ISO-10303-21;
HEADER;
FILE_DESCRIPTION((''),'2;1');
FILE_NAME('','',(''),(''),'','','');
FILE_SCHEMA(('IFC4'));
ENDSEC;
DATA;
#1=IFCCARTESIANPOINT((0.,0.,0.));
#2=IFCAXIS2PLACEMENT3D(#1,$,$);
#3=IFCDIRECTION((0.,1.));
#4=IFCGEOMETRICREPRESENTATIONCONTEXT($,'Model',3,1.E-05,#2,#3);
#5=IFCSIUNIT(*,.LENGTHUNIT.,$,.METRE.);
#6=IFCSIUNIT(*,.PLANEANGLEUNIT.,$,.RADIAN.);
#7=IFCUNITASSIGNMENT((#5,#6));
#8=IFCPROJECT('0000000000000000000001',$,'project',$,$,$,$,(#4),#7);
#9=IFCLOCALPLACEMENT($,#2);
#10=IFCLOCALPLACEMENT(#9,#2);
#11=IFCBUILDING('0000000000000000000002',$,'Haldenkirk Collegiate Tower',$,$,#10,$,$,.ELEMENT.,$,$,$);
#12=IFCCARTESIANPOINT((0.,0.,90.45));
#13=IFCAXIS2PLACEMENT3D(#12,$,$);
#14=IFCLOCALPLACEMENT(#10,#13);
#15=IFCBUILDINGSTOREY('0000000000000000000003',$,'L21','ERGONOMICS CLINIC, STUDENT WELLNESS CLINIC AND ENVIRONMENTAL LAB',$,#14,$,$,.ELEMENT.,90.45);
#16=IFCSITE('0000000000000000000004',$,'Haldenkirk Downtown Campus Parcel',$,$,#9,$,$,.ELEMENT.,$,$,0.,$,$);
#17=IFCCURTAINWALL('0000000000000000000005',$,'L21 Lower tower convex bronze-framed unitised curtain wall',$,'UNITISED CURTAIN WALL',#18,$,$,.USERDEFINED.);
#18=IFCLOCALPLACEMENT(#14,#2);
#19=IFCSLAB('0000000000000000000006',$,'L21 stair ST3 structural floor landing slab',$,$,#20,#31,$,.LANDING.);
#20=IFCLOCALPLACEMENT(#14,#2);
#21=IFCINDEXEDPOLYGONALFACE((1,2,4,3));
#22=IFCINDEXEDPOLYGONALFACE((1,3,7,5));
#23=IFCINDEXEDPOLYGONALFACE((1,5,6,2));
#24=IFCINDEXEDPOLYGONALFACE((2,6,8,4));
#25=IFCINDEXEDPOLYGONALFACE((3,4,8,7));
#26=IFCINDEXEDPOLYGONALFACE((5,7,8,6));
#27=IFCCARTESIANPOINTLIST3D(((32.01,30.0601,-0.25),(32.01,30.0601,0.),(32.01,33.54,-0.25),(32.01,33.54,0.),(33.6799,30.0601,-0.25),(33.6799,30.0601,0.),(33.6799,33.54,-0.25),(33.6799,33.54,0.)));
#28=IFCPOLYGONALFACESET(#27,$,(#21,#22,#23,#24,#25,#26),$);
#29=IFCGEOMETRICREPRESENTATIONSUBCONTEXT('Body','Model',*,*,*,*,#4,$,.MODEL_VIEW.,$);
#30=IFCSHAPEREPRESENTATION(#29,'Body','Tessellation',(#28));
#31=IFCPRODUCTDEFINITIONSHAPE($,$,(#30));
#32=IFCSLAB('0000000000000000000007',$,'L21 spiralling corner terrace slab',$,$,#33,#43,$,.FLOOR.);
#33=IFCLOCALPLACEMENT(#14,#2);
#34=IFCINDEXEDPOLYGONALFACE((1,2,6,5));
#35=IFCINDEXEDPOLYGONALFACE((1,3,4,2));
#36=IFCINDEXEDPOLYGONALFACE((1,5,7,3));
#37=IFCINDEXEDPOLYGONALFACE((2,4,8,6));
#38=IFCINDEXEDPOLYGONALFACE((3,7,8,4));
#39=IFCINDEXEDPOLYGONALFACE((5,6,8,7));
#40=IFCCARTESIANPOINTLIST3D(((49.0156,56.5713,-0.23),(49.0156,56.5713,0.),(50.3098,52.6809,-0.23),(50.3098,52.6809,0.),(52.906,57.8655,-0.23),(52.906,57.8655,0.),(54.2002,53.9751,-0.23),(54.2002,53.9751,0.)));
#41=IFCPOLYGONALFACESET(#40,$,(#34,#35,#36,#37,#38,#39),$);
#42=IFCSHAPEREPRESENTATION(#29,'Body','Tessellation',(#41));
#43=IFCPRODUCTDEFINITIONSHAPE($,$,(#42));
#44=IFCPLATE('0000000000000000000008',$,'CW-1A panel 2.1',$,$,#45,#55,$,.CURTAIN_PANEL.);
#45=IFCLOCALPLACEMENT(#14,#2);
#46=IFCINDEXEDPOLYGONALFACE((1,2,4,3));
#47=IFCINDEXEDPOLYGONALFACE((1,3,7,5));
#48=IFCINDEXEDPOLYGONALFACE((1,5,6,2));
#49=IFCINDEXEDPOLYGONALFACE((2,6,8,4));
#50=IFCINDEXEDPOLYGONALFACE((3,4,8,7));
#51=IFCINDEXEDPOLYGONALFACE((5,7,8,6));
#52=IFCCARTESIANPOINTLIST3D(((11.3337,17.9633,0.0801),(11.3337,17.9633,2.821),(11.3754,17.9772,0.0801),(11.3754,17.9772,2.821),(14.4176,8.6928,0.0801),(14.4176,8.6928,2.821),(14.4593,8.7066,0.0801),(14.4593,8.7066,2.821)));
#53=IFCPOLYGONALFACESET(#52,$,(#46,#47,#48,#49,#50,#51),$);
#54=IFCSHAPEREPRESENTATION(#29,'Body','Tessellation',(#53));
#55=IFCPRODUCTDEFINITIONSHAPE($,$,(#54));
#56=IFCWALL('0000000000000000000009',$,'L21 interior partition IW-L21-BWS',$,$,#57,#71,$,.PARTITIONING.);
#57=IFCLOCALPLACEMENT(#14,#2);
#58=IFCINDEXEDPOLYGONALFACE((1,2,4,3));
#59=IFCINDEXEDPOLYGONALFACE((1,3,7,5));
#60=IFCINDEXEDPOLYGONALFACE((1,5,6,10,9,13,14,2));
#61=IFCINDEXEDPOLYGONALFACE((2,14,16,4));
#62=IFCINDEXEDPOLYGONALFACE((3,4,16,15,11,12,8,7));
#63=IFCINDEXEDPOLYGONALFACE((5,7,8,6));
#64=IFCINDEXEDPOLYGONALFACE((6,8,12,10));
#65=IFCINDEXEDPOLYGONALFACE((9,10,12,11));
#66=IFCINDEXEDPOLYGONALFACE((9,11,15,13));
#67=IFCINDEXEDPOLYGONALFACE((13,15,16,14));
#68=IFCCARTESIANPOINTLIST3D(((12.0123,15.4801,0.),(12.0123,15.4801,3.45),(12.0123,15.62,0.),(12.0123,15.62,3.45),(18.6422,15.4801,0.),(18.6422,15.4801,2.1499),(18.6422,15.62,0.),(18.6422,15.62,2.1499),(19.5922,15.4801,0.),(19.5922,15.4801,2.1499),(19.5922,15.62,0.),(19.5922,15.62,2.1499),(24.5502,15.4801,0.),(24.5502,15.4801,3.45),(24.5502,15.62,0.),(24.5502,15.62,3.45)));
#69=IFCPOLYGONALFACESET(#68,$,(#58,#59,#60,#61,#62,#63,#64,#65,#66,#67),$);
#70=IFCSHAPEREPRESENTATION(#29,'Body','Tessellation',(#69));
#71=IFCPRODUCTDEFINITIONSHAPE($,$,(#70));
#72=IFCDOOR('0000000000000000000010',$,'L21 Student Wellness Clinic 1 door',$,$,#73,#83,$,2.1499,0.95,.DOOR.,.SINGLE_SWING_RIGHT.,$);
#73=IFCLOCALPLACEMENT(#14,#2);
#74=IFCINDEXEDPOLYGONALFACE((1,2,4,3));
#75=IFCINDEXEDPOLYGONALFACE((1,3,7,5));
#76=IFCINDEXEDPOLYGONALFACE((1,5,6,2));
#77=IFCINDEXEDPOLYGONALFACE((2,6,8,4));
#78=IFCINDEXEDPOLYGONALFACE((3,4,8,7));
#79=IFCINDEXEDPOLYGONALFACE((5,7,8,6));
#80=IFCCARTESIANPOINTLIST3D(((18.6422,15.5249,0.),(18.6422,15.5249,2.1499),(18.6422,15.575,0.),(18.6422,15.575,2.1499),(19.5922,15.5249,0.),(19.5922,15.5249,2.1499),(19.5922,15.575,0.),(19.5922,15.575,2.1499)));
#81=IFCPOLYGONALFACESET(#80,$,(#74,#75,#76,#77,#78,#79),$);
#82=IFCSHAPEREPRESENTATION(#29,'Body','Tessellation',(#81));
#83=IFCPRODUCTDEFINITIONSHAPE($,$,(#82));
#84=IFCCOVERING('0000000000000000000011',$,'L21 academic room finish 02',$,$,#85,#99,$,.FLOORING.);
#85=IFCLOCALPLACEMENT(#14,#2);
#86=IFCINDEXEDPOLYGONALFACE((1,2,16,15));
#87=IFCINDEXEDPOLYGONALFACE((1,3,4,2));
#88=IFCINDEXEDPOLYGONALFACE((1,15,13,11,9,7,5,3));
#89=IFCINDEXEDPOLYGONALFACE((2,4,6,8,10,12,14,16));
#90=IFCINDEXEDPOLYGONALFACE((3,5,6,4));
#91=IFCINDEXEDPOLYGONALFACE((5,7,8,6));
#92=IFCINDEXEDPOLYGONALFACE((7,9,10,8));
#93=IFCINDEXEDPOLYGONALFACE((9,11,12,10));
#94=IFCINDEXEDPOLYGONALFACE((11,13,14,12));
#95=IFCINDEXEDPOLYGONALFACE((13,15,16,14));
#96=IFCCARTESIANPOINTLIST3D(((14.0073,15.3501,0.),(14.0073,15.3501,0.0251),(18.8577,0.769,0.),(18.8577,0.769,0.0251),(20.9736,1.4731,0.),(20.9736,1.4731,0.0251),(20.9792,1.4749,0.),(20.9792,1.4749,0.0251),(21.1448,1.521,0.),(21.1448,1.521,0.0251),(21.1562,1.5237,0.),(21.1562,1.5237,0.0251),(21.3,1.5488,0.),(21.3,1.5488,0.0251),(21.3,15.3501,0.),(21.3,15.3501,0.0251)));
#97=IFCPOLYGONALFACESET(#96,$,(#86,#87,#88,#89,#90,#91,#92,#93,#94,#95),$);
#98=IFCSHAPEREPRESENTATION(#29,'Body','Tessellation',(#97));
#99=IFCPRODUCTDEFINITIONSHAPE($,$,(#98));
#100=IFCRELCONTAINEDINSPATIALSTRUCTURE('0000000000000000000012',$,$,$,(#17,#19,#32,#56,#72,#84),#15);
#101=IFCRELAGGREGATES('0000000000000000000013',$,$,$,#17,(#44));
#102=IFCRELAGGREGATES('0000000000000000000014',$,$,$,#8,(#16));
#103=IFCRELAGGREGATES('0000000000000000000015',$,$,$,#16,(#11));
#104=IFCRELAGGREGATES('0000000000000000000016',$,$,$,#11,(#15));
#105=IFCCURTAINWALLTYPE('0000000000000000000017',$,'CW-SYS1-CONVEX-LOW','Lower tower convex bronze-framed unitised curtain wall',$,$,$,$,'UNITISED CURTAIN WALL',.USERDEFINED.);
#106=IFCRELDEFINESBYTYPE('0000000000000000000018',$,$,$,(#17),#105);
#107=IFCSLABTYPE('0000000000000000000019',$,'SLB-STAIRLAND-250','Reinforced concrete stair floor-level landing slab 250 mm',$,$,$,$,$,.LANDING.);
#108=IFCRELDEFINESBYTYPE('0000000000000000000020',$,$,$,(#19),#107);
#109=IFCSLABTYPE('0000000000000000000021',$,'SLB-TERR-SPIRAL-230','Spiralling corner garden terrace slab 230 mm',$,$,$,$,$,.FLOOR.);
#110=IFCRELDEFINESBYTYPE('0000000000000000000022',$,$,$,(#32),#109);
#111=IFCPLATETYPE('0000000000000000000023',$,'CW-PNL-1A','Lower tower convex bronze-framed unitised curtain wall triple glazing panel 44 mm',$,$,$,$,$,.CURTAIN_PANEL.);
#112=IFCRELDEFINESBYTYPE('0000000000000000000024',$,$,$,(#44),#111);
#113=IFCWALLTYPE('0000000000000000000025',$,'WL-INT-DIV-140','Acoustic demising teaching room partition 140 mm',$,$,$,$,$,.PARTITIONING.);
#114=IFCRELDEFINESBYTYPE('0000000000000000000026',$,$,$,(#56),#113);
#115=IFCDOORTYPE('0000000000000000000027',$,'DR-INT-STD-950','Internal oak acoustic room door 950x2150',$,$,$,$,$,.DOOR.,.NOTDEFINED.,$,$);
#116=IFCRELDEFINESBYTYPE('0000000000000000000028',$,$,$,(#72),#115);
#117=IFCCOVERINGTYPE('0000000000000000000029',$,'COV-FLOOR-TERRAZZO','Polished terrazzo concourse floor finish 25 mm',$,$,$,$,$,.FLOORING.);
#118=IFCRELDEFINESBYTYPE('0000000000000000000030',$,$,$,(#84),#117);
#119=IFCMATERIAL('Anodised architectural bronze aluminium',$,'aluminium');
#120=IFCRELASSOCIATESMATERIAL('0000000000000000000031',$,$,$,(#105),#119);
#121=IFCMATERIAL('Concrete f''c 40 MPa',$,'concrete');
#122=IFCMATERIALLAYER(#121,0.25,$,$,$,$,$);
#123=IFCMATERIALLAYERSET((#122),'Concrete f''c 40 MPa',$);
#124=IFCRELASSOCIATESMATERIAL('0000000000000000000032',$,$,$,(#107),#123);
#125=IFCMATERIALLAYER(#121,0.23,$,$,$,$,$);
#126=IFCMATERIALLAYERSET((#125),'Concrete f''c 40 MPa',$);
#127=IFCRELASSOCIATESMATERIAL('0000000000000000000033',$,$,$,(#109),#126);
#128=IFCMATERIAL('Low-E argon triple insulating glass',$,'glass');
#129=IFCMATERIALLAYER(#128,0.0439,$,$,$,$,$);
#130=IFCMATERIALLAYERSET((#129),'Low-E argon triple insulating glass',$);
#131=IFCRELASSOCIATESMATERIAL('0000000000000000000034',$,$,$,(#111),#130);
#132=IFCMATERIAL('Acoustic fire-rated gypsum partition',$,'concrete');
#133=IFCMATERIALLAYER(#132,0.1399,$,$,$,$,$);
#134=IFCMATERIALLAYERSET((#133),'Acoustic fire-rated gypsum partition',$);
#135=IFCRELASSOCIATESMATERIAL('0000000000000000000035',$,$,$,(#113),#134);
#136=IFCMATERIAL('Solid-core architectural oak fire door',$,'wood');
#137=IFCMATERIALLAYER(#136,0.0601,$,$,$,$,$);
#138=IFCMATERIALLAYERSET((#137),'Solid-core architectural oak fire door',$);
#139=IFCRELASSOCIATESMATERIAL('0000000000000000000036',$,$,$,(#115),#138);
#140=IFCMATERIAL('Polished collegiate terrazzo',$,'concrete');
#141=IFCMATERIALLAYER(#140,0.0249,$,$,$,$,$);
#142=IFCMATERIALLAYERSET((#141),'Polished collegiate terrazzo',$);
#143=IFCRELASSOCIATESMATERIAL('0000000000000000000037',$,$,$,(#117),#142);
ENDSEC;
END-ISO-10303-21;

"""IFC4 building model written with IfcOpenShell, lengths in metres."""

from ifc_helpers import new_model, si_unit, direction, frame, frame_2d, origin, origin_2d, place, context, subcontext, project, spatial, polyline, rectangle, outline, extrude, source, transform, mapped, material, layer, layer_set, type_object, element, fill, aggregate, save


model = new_model("IFC4")

# Units and contexts
model_context = context("Model", 3, precision=1e-05, world=origin(), true_north=direction((0.0, 1.0)))
body_context = subcontext(model_context, "Body", "Model", "MODEL_VIEW")
ifc_project = project(units=[si_unit("LENGTHUNIT", "METRE"), si_unit("PLANEANGLEUNIT", "RADIAN")], contexts=[model_context])

# Site, building, storey
site_placement = place(None, origin())
site = spatial("IfcSite", under=ifc_project, at=site_placement, Name="Haldenkirk Downtown Campus Parcel", CompositionType="ELEMENT", RefElevation=0.0)
building_placement = place(site_placement, origin())
building = spatial("IfcBuilding", under=site, at=building_placement, Name="Haldenkirk Collegiate Tower", CompositionType="ELEMENT")
storey_placement = place(building_placement, frame((0.0, 0.0, 90.45)))
storey = spatial("IfcBuildingStorey", under=building, at=storey_placement, Name="L21", Description="ERGONOMICS CLINIC, STUDENT WELLNESS CLINIC AND ENVIRONMENTAL LAB", CompositionType="ELEMENT", Elevation=90.45)

# Curtain wall
ifc_material_1 = material(Name="Anodised architectural bronze aluminium", Category="aluminium")
curtain_wall_type = type_object("IfcCurtainWallType", Name="CW-SYS1-CONVEX-LOW", Description="Lower tower convex bronze-framed unitised curtain wall", ElementType="UNITISED CURTAIN WALL", PredefinedType="USERDEFINED", material=ifc_material_1)
curtain_wall_placement = place(storey_placement, origin())
curtain_wall = element("IfcCurtainWall", 1, at=curtain_wall_placement, inside=storey, type_object=curtain_wall_type, Name="L21 Lower tower convex bronze-framed unitised curtain wall", ObjectType="UNITISED CURTAIN WALL", PredefinedType="USERDEFINED")

# Shared definitions
ifc_material_2 = material(Name="Concrete f'c 40 MPa", Category="concrete")

# Slabs
ifc_layer_1 = layer(ifc_material_2, 0.25)
ifc_layer_set_1 = layer_set([ifc_layer_1], Name="Concrete f'c 40 MPa")
slab_type_1 = type_object("IfcSlabType", Name="SLB-STAIRLAND-250", Description="Reinforced concrete stair floor-level landing slab 250 mm", PredefinedType="LANDING", material=ifc_layer_set_1)
slab_1_placement = place(storey_placement, frame((0.0, 0.0, -0.25)))
element("IfcSlab", 2, at=slab_1_placement, inside=storey, type_object=slab_type_1, Name="L21 stair ST3 structural floor landing slab", PredefinedType="LANDING", context=body_context, shape_type="SweptSolid", body=[
    extrude(outline(polyline([(32.01, 30.0601), (33.6799, 30.0601), (33.6799, 33.54), (32.01, 33.54), (32.01, 30.0601)])), origin(), (0.0, 0.0, 1.0), 0.25),
])
ifc_layer_2 = layer(ifc_material_2, 0.23)
ifc_layer_set_2 = layer_set([ifc_layer_2], Name="Concrete f'c 40 MPa")
slab_type_2 = type_object("IfcSlabType", Name="SLB-TERR-SPIRAL-230", Description="Spiralling corner garden terrace slab 230 mm", PredefinedType="FLOOR", material=ifc_layer_set_2)
slab_2_placement = place(storey_placement, frame((0.0, 0.0, -0.23)))
element("IfcSlab", 3, at=slab_2_placement, inside=storey, type_object=slab_type_2, Name="L21 spiralling corner terrace slab", PredefinedType="FLOOR", context=body_context, shape_type="SweptSolid", body=[
    extrude(outline(polyline([(50.3098, 52.6809), (54.2002, 53.9751), (52.906, 57.8655), (49.0156, 56.5713), (50.3098, 52.6809)])), origin(), (0.0, 0.0, 1.0), 0.23),
])

# Plate
ifc_material_3 = material(Name="Low-E argon triple insulating glass", Category="glass")
ifc_layer_3 = layer(ifc_material_3, 0.0439)
ifc_layer_set_3 = layer_set([ifc_layer_3], Name="Low-E argon triple insulating glass")
plate_type = type_object("IfcPlateType", Name="CW-PNL-1A", Description="Lower tower convex bronze-framed unitised curtain wall triple glazing panel 44 mm", PredefinedType="CURTAIN_PANEL", material=ifc_layer_set_3)
shared_shape_1 = source(origin(), body_context, "Body", "SweptSolid", [
    extrude(rectangle(XDim=9.77, YDim=0.0439, at=origin_2d()), origin(), (0.0, 0.0, 1.0), 2.741),
])
plate_placement = place(storey_placement, frame((12.8965, 13.335, 0.0801), z_axis=(0.0, 0.0, 1.0), x_axis=(-0.31565, 0.948876, 0.0)))
plate = element("IfcPlate", 4, at=plate_placement, type_object=plate_type, Name="CW-1A panel 2.1", PredefinedType="CURTAIN_PANEL", context=body_context, shape_type="MappedRepresentation", body=[
    mapped(shared_shape_1, transform((0.0, 0.0, 0.0), x_axis=(1.0, 0.0, 0.0), y_axis=(0.0, 1.0, 0.0), z_axis=(0.0, 0.0, 1.0), scale=1.0)),
])
aggregate(curtain_wall, [plate])

# Wall, opening, door
ifc_material_4 = material(Name="Acoustic fire-rated gypsum partition", Category="concrete")
ifc_layer_4 = layer(ifc_material_4, 0.1399)
ifc_layer_set_4 = layer_set([ifc_layer_4], Name="Acoustic fire-rated gypsum partition")
wall_type = type_object("IfcWallType", Name="WL-INT-DIV-140", Description="Acoustic demising teaching room partition 140 mm", PredefinedType="PARTITIONING", material=ifc_layer_set_4)
wall_placement = place(storey_placement, frame((12.0122, 15.55, 0.0), z_axis=(0.0, 0.0, 1.0), x_axis=(1.0, 0.0, 0.0)))
wall = element("IfcWall", 5, at=wall_placement, inside=storey, type_object=wall_type, Name="L21 interior partition IW-L21-BWS", PredefinedType="PARTITIONING", context=body_context, shape_type="SweptSolid", body=[
    extrude(rectangle(XDim=12.5378, YDim=0.1399, at=frame_2d((6.269, 0.0))), origin(), (0.0, 0.0, 1.0), 3.45),
])
opening_placement = place(wall_placement, frame((6.6299, 0.0, 0.0)))
opening = element("IfcOpeningElement", 6, at=opening_placement, cuts=wall, PredefinedType="OPENING", context=body_context, shape_type="SweptSolid", body=[
    extrude(rectangle(XDim=0.95, YDim=2.1499, at=frame_2d((0.4751, 1.075))), frame((0.0, 0.0798, 0.0), z_axis=(0.0, -1.0, 0.0), x_axis=(1.0, 0.0, 0.0)), (0.0, 0.0, 1.0), 0.1599),
])
ifc_material_5 = material(Name="Solid-core architectural oak fire door", Category="wood")
ifc_layer_5 = layer(ifc_material_5, 0.0601)
ifc_layer_set_5 = layer_set([ifc_layer_5], Name="Solid-core architectural oak fire door")
door_type = type_object("IfcDoorType", Name="DR-INT-STD-950", Description="Internal oak acoustic room door 950x2150", OperationType="NOTDEFINED", PredefinedType="DOOR", material=ifc_layer_set_5)
door_placement = place(opening_placement, origin())
door = element("IfcDoor", 7, at=door_placement, inside=storey, type_object=door_type, Name="L21 Student Wellness Clinic 1 door", OperationType="SINGLE_SWING_RIGHT", OverallHeight=2.1499, OverallWidth=0.95, PredefinedType="DOOR", context=body_context, shape_type="SweptSolid", body=[
    extrude(rectangle(XDim=0.95, YDim=2.1499, at=frame_2d((0.4751, 1.075))), frame((0.0, 0.0249, 0.0), z_axis=(0.0, -1.0, 0.0), x_axis=(1.0, 0.0, 0.0)), (0.0, 0.0, 1.0), 0.05),
])
fill(opening, door)

# Covering
ifc_material_6 = material(Name="Polished collegiate terrazzo", Category="concrete")
ifc_layer_6 = layer(ifc_material_6, 0.0249)
ifc_layer_set_6 = layer_set([ifc_layer_6], Name="Polished collegiate terrazzo")
covering_type_1 = type_object("IfcCoveringType", Name="COV-FLOOR-TERRAZZO", Description="Polished terrazzo concourse floor finish 25 mm", PredefinedType="FLOORING", material=ifc_layer_set_6)
covering_1_placement = place(storey_placement, origin())
element("IfcCovering", 8, at=covering_1_placement, inside=storey, type_object=covering_type_1, Name="L21 academic room finish 02", PredefinedType="FLOORING", context=body_context, shape_type="SweptSolid", body=[
    extrude(outline(polyline([(21.3, 1.5488), (21.1562, 1.5237), (21.1448, 1.521), (20.9792, 1.4749), (20.9736, 1.4731), (18.8577, 0.769), (14.0073, 15.3501), (21.3, 15.3501), (21.3, 1.5488)])), origin(), (0.0, 0.0, 1.0), 0.0251),
])

save(model, "model.ifc")
